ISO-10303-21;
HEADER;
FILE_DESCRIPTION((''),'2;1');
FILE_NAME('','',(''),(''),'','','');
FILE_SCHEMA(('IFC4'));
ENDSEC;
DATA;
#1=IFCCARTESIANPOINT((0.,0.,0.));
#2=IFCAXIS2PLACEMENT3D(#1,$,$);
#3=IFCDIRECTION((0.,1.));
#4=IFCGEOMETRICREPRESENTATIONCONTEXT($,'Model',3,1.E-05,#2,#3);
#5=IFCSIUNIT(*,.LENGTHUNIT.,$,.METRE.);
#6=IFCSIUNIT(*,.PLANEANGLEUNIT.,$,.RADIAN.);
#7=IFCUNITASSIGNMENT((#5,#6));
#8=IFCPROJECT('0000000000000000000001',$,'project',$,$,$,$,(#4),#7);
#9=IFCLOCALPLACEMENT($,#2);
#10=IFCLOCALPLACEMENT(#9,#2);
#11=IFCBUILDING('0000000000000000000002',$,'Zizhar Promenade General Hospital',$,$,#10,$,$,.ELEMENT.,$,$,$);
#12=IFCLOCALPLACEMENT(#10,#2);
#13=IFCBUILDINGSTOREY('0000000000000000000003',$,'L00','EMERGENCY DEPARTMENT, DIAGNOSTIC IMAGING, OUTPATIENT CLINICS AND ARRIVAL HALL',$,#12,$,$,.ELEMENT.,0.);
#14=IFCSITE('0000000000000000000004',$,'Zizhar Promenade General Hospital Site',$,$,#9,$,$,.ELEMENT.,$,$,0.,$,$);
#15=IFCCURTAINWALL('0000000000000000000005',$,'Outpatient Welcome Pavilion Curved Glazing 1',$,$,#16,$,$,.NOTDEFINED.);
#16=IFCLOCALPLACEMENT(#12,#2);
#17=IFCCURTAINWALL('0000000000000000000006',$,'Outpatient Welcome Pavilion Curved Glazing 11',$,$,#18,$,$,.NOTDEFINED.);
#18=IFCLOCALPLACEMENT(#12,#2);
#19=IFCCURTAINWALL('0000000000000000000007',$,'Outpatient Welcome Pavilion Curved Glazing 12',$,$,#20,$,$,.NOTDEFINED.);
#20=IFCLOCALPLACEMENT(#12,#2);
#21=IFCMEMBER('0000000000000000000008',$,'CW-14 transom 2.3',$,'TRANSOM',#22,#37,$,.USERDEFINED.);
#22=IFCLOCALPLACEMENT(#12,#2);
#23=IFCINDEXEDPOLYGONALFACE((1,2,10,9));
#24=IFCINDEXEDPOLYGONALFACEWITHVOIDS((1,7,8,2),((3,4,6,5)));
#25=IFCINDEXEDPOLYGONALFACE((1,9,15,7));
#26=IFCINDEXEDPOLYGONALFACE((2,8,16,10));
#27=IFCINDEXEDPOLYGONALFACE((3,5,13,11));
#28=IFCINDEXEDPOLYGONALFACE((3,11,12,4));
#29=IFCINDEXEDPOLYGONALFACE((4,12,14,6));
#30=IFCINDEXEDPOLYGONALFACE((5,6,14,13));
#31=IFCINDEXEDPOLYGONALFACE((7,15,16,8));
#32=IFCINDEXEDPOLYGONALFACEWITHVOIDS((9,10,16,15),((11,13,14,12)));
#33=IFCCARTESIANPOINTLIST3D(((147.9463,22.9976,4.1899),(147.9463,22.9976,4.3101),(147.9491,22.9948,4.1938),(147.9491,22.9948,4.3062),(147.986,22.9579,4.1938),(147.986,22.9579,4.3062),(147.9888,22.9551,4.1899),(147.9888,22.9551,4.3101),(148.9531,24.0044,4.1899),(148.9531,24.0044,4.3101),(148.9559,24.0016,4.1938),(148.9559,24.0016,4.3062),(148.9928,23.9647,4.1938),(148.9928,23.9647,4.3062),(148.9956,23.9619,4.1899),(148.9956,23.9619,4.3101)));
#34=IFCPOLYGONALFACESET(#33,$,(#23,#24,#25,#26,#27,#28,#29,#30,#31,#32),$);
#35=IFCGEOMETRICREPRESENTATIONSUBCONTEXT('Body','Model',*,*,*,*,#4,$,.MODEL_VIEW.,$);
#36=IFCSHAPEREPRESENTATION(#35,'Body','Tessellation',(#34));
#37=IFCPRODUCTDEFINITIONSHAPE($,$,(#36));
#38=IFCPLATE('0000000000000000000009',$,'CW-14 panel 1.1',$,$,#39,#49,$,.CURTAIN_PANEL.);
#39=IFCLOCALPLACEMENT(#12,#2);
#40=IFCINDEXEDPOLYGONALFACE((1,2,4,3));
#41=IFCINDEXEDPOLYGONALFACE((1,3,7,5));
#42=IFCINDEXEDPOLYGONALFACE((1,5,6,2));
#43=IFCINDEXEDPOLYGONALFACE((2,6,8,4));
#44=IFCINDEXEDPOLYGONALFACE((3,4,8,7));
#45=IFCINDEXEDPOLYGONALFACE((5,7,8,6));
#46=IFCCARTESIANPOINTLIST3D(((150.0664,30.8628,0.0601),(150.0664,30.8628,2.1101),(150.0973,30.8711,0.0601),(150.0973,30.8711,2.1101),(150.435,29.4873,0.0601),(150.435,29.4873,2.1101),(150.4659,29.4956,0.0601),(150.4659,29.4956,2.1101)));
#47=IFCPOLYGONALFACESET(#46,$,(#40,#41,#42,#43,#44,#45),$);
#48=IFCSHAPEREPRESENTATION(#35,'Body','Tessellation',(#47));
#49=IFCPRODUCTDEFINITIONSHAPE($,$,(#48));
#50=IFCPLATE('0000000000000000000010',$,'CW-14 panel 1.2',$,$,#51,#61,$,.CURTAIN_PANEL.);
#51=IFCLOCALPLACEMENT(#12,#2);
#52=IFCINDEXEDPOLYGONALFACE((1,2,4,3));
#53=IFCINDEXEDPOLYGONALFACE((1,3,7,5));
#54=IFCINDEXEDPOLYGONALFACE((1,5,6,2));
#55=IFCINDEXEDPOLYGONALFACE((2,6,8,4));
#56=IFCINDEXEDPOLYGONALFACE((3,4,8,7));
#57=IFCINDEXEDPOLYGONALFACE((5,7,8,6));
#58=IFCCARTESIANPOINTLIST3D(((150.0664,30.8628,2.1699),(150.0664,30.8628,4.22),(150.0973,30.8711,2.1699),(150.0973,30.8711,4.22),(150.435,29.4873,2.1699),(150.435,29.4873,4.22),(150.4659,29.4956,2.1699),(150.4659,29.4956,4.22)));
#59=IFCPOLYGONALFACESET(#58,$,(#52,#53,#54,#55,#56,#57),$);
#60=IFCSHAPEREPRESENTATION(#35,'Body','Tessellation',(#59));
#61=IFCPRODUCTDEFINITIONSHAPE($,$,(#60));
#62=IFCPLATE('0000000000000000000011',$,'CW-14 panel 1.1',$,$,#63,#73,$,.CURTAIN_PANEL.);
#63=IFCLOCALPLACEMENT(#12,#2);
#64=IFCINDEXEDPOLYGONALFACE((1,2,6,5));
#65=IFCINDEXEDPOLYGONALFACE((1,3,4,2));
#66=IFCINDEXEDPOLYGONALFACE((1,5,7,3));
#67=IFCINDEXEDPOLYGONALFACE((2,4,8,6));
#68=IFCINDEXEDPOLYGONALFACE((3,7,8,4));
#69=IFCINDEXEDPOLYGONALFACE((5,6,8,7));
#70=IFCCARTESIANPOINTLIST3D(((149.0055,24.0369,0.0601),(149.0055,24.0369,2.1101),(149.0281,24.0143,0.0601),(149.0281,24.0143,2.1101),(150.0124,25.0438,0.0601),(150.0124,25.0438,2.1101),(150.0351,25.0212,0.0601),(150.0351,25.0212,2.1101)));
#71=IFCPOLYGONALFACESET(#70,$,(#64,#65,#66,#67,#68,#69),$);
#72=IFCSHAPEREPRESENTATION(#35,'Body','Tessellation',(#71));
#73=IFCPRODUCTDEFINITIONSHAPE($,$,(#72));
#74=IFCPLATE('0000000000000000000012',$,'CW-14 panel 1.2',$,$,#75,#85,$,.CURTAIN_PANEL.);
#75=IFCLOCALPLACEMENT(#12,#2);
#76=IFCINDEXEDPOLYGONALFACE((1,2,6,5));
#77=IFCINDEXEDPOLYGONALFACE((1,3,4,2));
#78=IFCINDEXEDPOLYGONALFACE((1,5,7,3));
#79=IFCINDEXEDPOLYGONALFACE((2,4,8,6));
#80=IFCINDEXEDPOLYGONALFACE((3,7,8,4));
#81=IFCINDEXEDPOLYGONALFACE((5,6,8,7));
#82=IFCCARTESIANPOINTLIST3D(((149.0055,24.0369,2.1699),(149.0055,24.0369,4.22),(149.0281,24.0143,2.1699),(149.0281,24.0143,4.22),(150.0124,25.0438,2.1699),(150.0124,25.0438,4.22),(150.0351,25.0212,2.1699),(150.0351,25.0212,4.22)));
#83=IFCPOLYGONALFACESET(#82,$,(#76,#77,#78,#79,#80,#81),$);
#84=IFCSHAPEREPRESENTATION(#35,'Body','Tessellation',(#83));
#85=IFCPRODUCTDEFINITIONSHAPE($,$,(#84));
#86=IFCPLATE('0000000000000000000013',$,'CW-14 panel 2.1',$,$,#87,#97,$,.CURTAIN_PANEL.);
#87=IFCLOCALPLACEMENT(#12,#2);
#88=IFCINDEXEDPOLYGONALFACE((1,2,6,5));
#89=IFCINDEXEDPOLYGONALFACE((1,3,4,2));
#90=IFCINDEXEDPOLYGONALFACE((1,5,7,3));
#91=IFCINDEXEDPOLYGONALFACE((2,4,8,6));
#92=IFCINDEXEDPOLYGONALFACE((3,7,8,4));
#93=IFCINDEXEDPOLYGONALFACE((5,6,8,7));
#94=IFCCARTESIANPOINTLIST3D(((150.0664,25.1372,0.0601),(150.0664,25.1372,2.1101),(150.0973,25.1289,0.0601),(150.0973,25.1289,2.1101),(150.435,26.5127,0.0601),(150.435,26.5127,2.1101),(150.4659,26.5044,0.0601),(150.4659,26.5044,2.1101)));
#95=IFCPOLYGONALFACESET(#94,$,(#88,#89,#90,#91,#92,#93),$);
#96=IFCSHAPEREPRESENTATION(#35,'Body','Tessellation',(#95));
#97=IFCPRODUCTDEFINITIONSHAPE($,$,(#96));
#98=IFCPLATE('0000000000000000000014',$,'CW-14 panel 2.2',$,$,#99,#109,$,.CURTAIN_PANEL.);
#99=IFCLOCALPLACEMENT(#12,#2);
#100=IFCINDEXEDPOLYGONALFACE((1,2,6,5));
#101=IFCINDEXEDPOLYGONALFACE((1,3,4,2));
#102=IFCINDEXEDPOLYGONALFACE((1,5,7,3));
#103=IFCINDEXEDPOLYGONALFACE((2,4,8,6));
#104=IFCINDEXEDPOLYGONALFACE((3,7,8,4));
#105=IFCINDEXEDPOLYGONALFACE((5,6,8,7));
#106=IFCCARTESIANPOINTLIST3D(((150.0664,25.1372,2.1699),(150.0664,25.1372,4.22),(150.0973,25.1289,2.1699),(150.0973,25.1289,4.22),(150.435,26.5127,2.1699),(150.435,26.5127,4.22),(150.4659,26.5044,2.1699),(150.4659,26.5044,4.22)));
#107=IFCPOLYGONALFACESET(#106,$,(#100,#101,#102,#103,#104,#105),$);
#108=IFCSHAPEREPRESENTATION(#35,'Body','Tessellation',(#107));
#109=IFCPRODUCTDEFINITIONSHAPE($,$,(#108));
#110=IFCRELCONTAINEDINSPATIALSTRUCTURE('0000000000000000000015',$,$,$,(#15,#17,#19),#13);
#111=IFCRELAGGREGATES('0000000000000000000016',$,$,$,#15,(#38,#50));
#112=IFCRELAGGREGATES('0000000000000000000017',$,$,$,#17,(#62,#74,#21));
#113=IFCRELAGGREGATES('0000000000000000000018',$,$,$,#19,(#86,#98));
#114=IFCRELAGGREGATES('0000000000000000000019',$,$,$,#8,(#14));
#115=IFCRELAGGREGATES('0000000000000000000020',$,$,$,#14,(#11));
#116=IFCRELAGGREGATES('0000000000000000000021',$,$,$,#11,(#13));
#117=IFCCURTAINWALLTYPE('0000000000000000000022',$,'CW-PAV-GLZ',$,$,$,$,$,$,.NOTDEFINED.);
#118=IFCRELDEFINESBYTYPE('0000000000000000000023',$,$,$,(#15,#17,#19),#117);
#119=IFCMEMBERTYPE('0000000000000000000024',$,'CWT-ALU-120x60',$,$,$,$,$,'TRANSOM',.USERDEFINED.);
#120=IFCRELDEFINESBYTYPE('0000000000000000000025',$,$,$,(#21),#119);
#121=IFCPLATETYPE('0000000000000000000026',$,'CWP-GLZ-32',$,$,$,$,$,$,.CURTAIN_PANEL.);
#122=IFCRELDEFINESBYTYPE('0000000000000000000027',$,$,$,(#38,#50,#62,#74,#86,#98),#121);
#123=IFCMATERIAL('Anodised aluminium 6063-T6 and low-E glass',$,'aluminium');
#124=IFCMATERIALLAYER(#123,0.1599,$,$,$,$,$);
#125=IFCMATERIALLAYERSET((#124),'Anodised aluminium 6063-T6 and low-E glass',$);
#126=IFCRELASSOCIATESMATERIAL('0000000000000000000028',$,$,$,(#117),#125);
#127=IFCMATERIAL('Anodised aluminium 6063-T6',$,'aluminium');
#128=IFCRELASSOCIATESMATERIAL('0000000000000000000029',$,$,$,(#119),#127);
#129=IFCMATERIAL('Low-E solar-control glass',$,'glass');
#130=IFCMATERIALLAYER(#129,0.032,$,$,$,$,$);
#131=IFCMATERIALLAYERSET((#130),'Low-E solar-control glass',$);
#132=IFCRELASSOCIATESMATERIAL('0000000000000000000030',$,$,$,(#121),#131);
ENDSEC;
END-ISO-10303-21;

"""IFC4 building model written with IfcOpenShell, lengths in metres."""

from ifc_helpers import new_model, si_unit, direction, frame, origin, origin_2d, place, context, subcontext, project, spatial, rectangle, hollow_rectangle, extrude, material, layer, layer_set, material_profile, profile_set, type_object, element, aggregate, save


model = new_model("IFC4")

# Units and contexts
model_context = context("Model", 3, precision=1e-05, world=origin(), true_north=direction((0.0, 1.0)))
body_context = subcontext(model_context, "Body", "Model", "MODEL_VIEW")
ifc_project = project(units=[si_unit("LENGTHUNIT", "METRE"), si_unit("PLANEANGLEUNIT", "RADIAN")], contexts=[model_context])

# Site, building, storey
site_placement = place(None, origin())
site = spatial("IfcSite", under=ifc_project, at=site_placement, Name="Zizhar Promenade General Hospital Site", CompositionType="ELEMENT", RefElevation=0.0)
building_placement = place(site_placement, origin())
building = spatial("IfcBuilding", under=site, at=building_placement, Name="Zizhar Promenade General Hospital", CompositionType="ELEMENT")
storey_placement = place(building_placement, origin())
storey = spatial("IfcBuildingStorey", under=building, at=storey_placement, Name="L00", Description="EMERGENCY DEPARTMENT, DIAGNOSTIC IMAGING, OUTPATIENT CLINICS AND ARRIVAL HALL", CompositionType="ELEMENT", Elevation=0.0)

# Curtain wall
ifc_material_1 = material(Name="Anodised aluminium 6063-T6 and low-E glass", Category="aluminium")
ifc_layer_1 = layer(ifc_material_1, 0.1599)
ifc_layer_set_1 = layer_set([ifc_layer_1], Name="Anodised aluminium 6063-T6 and low-E glass")
curtain_wall_type = type_object("IfcCurtainWallType", Name="CW-PAV-GLZ", PredefinedType="NOTDEFINED", material=ifc_layer_set_1)
curtain_wall_1_placement = place(storey_placement, origin())
curtain_wall_1 = element("IfcCurtainWall", 1, at=curtain_wall_1_placement, inside=storey, type_object=curtain_wall_type, Name="Outpatient Welcome Pavilion Curved Glazing 1", PredefinedType="NOTDEFINED")

# Curtain wall
curtain_wall_2_placement = place(storey_placement, origin())
curtain_wall_2 = element("IfcCurtainWall", 2, at=curtain_wall_2_placement, inside=storey, type_object=curtain_wall_type, Name="Outpatient Welcome Pavilion Curved Glazing 11", PredefinedType="NOTDEFINED")

# Curtain wall
curtain_wall_3_placement = place(storey_placement, origin())
curtain_wall_3 = element("IfcCurtainWall", 3, at=curtain_wall_3_placement, inside=storey, type_object=curtain_wall_type, Name="Outpatient Welcome Pavilion Curved Glazing 12", PredefinedType="NOTDEFINED")

# Member
ifc_material_2 = material(Name="Anodised aluminium 6063-T6", Category="aluminium")
ifc_material_profile_1 = material_profile(ifc_material_2, hollow_rectangle(XDim=0.0601, YDim=0.1201, WallThickness=0.0039, at=origin_2d()))
ifc_profile_set_1 = profile_set([ifc_material_profile_1], Name="Anodised aluminium 6063-T6")
member_type_1 = type_object("IfcMemberType", Name="CWT-ALU-120x60", ElementType="TRANSOM", PredefinedType="USERDEFINED", material=ifc_profile_set_1)
member_1_placement = place(storey_placement, frame((148.9744, 23.9832, 4.25), z_axis=(-0.707107, -0.707107, 0.0), x_axis=(0.707107, -0.707107, 0.0)))
member_1 = element("IfcMember", 4, at=member_1_placement, type_object=member_type_1, Name="CW-14 transom 2.3", ObjectType="TRANSOM", PredefinedType="USERDEFINED", context=body_context, shape_type="SweptSolid", body=[
    extrude(hollow_rectangle(XDim=0.0601, YDim=0.1201, WallThickness=0.0039, at=origin_2d()), origin(), (0.0, 0.0, 1.0), 1.4238),
])

# Plates
ifc_material_3 = material(Name="Low-E solar-control glass", Category="glass")
ifc_layer_2 = layer(ifc_material_3, 0.032)
ifc_layer_set_2 = layer_set([ifc_layer_2], Name="Low-E solar-control glass")
plate_type = type_object("IfcPlateType", Name="CWP-GLZ-32", PredefinedType="CURTAIN_PANEL", material=ifc_layer_set_2)
plate_1_placement = place(storey_placement, frame((150.2661, 30.1792, 0.0601), z_axis=(0.0, 0.0, 1.0), x_axis=(0.258834, -0.965922, 0.0)))
plate_1 = element("IfcPlate", 5, at=plate_1_placement, type_object=plate_type, Name="CW-14 panel 1.1", PredefinedType="CURTAIN_PANEL", context=body_context, shape_type="SweptSolid", body=[
    extrude(rectangle(XDim=1.4241, YDim=0.032, at=origin_2d()), origin(), (0.0, 0.0, 1.0), 2.05),
])
plate_2_placement = place(storey_placement, frame((150.2661, 30.1792, 2.1699), z_axis=(0.0, 0.0, 1.0), x_axis=(0.258834, -0.965922, 0.0)))
plate_2 = element("IfcPlate", 6, at=plate_2_placement, type_object=plate_type, Name="CW-14 panel 1.2", PredefinedType="CURTAIN_PANEL", context=body_context, shape_type="SweptSolid", body=[
    extrude(rectangle(XDim=1.4241, YDim=0.032, at=origin_2d()), origin(), (0.0, 0.0, 1.0), 2.05),
])
aggregate(curtain_wall_1, [plate_1, plate_2])
plate_3_placement = place(storey_placement, frame((149.5203, 24.5291, 0.0601), z_axis=(0.0, 0.0, 1.0), x_axis=(-0.707107, -0.707107, 0.0)))
plate_3 = element("IfcPlate", 7, at=plate_3_placement, type_object=plate_type, Name="CW-14 panel 1.1", PredefinedType="CURTAIN_PANEL", context=body_context, shape_type="SweptSolid", body=[
    extrude(rectangle(XDim=1.4241, YDim=0.032, at=origin_2d()), origin(), (0.0, 0.0, 1.0), 2.05),
])
plate_4_placement = place(storey_placement, frame((149.5203, 24.5291, 2.1699), z_axis=(0.0, 0.0, 1.0), x_axis=(-0.707107, -0.707107, 0.0)))
plate_4 = element("IfcPlate", 8, at=plate_4_placement, type_object=plate_type, Name="CW-14 panel 1.2", PredefinedType="CURTAIN_PANEL", context=body_context, shape_type="SweptSolid", body=[
    extrude(rectangle(XDim=1.4241, YDim=0.032, at=origin_2d()), origin(), (0.0, 0.0, 1.0), 2.05),
])
aggregate(curtain_wall_2, [plate_3, plate_4, member_1])
plate_5_placement = place(storey_placement, frame((150.2661, 25.8208, 0.0601), z_axis=(0.0, 0.0, 1.0), x_axis=(-0.258834, -0.965922, 0.0)))
plate_5 = element("IfcPlate", 9, at=plate_5_placement, type_object=plate_type, Name="CW-14 panel 2.1", PredefinedType="CURTAIN_PANEL", context=body_context, shape_type="SweptSolid", body=[
    extrude(rectangle(XDim=1.4241, YDim=0.032, at=origin_2d()), origin(), (0.0, 0.0, 1.0), 2.05),
])
plate_6_placement = place(storey_placement, frame((150.2661, 25.8208, 2.1699), z_axis=(0.0, 0.0, 1.0), x_axis=(-0.258834, -0.965922, 0.0)))
plate_6 = element("IfcPlate", 10, at=plate_6_placement, type_object=plate_type, Name="CW-14 panel 2.2", PredefinedType="CURTAIN_PANEL", context=body_context, shape_type="SweptSolid", body=[
    extrude(rectangle(XDim=1.4241, YDim=0.032, at=origin_2d()), origin(), (0.0, 0.0, 1.0), 2.05),
])
aggregate(curtain_wall_3, [plate_5, plate_6])

save(model, "model.ifc")
